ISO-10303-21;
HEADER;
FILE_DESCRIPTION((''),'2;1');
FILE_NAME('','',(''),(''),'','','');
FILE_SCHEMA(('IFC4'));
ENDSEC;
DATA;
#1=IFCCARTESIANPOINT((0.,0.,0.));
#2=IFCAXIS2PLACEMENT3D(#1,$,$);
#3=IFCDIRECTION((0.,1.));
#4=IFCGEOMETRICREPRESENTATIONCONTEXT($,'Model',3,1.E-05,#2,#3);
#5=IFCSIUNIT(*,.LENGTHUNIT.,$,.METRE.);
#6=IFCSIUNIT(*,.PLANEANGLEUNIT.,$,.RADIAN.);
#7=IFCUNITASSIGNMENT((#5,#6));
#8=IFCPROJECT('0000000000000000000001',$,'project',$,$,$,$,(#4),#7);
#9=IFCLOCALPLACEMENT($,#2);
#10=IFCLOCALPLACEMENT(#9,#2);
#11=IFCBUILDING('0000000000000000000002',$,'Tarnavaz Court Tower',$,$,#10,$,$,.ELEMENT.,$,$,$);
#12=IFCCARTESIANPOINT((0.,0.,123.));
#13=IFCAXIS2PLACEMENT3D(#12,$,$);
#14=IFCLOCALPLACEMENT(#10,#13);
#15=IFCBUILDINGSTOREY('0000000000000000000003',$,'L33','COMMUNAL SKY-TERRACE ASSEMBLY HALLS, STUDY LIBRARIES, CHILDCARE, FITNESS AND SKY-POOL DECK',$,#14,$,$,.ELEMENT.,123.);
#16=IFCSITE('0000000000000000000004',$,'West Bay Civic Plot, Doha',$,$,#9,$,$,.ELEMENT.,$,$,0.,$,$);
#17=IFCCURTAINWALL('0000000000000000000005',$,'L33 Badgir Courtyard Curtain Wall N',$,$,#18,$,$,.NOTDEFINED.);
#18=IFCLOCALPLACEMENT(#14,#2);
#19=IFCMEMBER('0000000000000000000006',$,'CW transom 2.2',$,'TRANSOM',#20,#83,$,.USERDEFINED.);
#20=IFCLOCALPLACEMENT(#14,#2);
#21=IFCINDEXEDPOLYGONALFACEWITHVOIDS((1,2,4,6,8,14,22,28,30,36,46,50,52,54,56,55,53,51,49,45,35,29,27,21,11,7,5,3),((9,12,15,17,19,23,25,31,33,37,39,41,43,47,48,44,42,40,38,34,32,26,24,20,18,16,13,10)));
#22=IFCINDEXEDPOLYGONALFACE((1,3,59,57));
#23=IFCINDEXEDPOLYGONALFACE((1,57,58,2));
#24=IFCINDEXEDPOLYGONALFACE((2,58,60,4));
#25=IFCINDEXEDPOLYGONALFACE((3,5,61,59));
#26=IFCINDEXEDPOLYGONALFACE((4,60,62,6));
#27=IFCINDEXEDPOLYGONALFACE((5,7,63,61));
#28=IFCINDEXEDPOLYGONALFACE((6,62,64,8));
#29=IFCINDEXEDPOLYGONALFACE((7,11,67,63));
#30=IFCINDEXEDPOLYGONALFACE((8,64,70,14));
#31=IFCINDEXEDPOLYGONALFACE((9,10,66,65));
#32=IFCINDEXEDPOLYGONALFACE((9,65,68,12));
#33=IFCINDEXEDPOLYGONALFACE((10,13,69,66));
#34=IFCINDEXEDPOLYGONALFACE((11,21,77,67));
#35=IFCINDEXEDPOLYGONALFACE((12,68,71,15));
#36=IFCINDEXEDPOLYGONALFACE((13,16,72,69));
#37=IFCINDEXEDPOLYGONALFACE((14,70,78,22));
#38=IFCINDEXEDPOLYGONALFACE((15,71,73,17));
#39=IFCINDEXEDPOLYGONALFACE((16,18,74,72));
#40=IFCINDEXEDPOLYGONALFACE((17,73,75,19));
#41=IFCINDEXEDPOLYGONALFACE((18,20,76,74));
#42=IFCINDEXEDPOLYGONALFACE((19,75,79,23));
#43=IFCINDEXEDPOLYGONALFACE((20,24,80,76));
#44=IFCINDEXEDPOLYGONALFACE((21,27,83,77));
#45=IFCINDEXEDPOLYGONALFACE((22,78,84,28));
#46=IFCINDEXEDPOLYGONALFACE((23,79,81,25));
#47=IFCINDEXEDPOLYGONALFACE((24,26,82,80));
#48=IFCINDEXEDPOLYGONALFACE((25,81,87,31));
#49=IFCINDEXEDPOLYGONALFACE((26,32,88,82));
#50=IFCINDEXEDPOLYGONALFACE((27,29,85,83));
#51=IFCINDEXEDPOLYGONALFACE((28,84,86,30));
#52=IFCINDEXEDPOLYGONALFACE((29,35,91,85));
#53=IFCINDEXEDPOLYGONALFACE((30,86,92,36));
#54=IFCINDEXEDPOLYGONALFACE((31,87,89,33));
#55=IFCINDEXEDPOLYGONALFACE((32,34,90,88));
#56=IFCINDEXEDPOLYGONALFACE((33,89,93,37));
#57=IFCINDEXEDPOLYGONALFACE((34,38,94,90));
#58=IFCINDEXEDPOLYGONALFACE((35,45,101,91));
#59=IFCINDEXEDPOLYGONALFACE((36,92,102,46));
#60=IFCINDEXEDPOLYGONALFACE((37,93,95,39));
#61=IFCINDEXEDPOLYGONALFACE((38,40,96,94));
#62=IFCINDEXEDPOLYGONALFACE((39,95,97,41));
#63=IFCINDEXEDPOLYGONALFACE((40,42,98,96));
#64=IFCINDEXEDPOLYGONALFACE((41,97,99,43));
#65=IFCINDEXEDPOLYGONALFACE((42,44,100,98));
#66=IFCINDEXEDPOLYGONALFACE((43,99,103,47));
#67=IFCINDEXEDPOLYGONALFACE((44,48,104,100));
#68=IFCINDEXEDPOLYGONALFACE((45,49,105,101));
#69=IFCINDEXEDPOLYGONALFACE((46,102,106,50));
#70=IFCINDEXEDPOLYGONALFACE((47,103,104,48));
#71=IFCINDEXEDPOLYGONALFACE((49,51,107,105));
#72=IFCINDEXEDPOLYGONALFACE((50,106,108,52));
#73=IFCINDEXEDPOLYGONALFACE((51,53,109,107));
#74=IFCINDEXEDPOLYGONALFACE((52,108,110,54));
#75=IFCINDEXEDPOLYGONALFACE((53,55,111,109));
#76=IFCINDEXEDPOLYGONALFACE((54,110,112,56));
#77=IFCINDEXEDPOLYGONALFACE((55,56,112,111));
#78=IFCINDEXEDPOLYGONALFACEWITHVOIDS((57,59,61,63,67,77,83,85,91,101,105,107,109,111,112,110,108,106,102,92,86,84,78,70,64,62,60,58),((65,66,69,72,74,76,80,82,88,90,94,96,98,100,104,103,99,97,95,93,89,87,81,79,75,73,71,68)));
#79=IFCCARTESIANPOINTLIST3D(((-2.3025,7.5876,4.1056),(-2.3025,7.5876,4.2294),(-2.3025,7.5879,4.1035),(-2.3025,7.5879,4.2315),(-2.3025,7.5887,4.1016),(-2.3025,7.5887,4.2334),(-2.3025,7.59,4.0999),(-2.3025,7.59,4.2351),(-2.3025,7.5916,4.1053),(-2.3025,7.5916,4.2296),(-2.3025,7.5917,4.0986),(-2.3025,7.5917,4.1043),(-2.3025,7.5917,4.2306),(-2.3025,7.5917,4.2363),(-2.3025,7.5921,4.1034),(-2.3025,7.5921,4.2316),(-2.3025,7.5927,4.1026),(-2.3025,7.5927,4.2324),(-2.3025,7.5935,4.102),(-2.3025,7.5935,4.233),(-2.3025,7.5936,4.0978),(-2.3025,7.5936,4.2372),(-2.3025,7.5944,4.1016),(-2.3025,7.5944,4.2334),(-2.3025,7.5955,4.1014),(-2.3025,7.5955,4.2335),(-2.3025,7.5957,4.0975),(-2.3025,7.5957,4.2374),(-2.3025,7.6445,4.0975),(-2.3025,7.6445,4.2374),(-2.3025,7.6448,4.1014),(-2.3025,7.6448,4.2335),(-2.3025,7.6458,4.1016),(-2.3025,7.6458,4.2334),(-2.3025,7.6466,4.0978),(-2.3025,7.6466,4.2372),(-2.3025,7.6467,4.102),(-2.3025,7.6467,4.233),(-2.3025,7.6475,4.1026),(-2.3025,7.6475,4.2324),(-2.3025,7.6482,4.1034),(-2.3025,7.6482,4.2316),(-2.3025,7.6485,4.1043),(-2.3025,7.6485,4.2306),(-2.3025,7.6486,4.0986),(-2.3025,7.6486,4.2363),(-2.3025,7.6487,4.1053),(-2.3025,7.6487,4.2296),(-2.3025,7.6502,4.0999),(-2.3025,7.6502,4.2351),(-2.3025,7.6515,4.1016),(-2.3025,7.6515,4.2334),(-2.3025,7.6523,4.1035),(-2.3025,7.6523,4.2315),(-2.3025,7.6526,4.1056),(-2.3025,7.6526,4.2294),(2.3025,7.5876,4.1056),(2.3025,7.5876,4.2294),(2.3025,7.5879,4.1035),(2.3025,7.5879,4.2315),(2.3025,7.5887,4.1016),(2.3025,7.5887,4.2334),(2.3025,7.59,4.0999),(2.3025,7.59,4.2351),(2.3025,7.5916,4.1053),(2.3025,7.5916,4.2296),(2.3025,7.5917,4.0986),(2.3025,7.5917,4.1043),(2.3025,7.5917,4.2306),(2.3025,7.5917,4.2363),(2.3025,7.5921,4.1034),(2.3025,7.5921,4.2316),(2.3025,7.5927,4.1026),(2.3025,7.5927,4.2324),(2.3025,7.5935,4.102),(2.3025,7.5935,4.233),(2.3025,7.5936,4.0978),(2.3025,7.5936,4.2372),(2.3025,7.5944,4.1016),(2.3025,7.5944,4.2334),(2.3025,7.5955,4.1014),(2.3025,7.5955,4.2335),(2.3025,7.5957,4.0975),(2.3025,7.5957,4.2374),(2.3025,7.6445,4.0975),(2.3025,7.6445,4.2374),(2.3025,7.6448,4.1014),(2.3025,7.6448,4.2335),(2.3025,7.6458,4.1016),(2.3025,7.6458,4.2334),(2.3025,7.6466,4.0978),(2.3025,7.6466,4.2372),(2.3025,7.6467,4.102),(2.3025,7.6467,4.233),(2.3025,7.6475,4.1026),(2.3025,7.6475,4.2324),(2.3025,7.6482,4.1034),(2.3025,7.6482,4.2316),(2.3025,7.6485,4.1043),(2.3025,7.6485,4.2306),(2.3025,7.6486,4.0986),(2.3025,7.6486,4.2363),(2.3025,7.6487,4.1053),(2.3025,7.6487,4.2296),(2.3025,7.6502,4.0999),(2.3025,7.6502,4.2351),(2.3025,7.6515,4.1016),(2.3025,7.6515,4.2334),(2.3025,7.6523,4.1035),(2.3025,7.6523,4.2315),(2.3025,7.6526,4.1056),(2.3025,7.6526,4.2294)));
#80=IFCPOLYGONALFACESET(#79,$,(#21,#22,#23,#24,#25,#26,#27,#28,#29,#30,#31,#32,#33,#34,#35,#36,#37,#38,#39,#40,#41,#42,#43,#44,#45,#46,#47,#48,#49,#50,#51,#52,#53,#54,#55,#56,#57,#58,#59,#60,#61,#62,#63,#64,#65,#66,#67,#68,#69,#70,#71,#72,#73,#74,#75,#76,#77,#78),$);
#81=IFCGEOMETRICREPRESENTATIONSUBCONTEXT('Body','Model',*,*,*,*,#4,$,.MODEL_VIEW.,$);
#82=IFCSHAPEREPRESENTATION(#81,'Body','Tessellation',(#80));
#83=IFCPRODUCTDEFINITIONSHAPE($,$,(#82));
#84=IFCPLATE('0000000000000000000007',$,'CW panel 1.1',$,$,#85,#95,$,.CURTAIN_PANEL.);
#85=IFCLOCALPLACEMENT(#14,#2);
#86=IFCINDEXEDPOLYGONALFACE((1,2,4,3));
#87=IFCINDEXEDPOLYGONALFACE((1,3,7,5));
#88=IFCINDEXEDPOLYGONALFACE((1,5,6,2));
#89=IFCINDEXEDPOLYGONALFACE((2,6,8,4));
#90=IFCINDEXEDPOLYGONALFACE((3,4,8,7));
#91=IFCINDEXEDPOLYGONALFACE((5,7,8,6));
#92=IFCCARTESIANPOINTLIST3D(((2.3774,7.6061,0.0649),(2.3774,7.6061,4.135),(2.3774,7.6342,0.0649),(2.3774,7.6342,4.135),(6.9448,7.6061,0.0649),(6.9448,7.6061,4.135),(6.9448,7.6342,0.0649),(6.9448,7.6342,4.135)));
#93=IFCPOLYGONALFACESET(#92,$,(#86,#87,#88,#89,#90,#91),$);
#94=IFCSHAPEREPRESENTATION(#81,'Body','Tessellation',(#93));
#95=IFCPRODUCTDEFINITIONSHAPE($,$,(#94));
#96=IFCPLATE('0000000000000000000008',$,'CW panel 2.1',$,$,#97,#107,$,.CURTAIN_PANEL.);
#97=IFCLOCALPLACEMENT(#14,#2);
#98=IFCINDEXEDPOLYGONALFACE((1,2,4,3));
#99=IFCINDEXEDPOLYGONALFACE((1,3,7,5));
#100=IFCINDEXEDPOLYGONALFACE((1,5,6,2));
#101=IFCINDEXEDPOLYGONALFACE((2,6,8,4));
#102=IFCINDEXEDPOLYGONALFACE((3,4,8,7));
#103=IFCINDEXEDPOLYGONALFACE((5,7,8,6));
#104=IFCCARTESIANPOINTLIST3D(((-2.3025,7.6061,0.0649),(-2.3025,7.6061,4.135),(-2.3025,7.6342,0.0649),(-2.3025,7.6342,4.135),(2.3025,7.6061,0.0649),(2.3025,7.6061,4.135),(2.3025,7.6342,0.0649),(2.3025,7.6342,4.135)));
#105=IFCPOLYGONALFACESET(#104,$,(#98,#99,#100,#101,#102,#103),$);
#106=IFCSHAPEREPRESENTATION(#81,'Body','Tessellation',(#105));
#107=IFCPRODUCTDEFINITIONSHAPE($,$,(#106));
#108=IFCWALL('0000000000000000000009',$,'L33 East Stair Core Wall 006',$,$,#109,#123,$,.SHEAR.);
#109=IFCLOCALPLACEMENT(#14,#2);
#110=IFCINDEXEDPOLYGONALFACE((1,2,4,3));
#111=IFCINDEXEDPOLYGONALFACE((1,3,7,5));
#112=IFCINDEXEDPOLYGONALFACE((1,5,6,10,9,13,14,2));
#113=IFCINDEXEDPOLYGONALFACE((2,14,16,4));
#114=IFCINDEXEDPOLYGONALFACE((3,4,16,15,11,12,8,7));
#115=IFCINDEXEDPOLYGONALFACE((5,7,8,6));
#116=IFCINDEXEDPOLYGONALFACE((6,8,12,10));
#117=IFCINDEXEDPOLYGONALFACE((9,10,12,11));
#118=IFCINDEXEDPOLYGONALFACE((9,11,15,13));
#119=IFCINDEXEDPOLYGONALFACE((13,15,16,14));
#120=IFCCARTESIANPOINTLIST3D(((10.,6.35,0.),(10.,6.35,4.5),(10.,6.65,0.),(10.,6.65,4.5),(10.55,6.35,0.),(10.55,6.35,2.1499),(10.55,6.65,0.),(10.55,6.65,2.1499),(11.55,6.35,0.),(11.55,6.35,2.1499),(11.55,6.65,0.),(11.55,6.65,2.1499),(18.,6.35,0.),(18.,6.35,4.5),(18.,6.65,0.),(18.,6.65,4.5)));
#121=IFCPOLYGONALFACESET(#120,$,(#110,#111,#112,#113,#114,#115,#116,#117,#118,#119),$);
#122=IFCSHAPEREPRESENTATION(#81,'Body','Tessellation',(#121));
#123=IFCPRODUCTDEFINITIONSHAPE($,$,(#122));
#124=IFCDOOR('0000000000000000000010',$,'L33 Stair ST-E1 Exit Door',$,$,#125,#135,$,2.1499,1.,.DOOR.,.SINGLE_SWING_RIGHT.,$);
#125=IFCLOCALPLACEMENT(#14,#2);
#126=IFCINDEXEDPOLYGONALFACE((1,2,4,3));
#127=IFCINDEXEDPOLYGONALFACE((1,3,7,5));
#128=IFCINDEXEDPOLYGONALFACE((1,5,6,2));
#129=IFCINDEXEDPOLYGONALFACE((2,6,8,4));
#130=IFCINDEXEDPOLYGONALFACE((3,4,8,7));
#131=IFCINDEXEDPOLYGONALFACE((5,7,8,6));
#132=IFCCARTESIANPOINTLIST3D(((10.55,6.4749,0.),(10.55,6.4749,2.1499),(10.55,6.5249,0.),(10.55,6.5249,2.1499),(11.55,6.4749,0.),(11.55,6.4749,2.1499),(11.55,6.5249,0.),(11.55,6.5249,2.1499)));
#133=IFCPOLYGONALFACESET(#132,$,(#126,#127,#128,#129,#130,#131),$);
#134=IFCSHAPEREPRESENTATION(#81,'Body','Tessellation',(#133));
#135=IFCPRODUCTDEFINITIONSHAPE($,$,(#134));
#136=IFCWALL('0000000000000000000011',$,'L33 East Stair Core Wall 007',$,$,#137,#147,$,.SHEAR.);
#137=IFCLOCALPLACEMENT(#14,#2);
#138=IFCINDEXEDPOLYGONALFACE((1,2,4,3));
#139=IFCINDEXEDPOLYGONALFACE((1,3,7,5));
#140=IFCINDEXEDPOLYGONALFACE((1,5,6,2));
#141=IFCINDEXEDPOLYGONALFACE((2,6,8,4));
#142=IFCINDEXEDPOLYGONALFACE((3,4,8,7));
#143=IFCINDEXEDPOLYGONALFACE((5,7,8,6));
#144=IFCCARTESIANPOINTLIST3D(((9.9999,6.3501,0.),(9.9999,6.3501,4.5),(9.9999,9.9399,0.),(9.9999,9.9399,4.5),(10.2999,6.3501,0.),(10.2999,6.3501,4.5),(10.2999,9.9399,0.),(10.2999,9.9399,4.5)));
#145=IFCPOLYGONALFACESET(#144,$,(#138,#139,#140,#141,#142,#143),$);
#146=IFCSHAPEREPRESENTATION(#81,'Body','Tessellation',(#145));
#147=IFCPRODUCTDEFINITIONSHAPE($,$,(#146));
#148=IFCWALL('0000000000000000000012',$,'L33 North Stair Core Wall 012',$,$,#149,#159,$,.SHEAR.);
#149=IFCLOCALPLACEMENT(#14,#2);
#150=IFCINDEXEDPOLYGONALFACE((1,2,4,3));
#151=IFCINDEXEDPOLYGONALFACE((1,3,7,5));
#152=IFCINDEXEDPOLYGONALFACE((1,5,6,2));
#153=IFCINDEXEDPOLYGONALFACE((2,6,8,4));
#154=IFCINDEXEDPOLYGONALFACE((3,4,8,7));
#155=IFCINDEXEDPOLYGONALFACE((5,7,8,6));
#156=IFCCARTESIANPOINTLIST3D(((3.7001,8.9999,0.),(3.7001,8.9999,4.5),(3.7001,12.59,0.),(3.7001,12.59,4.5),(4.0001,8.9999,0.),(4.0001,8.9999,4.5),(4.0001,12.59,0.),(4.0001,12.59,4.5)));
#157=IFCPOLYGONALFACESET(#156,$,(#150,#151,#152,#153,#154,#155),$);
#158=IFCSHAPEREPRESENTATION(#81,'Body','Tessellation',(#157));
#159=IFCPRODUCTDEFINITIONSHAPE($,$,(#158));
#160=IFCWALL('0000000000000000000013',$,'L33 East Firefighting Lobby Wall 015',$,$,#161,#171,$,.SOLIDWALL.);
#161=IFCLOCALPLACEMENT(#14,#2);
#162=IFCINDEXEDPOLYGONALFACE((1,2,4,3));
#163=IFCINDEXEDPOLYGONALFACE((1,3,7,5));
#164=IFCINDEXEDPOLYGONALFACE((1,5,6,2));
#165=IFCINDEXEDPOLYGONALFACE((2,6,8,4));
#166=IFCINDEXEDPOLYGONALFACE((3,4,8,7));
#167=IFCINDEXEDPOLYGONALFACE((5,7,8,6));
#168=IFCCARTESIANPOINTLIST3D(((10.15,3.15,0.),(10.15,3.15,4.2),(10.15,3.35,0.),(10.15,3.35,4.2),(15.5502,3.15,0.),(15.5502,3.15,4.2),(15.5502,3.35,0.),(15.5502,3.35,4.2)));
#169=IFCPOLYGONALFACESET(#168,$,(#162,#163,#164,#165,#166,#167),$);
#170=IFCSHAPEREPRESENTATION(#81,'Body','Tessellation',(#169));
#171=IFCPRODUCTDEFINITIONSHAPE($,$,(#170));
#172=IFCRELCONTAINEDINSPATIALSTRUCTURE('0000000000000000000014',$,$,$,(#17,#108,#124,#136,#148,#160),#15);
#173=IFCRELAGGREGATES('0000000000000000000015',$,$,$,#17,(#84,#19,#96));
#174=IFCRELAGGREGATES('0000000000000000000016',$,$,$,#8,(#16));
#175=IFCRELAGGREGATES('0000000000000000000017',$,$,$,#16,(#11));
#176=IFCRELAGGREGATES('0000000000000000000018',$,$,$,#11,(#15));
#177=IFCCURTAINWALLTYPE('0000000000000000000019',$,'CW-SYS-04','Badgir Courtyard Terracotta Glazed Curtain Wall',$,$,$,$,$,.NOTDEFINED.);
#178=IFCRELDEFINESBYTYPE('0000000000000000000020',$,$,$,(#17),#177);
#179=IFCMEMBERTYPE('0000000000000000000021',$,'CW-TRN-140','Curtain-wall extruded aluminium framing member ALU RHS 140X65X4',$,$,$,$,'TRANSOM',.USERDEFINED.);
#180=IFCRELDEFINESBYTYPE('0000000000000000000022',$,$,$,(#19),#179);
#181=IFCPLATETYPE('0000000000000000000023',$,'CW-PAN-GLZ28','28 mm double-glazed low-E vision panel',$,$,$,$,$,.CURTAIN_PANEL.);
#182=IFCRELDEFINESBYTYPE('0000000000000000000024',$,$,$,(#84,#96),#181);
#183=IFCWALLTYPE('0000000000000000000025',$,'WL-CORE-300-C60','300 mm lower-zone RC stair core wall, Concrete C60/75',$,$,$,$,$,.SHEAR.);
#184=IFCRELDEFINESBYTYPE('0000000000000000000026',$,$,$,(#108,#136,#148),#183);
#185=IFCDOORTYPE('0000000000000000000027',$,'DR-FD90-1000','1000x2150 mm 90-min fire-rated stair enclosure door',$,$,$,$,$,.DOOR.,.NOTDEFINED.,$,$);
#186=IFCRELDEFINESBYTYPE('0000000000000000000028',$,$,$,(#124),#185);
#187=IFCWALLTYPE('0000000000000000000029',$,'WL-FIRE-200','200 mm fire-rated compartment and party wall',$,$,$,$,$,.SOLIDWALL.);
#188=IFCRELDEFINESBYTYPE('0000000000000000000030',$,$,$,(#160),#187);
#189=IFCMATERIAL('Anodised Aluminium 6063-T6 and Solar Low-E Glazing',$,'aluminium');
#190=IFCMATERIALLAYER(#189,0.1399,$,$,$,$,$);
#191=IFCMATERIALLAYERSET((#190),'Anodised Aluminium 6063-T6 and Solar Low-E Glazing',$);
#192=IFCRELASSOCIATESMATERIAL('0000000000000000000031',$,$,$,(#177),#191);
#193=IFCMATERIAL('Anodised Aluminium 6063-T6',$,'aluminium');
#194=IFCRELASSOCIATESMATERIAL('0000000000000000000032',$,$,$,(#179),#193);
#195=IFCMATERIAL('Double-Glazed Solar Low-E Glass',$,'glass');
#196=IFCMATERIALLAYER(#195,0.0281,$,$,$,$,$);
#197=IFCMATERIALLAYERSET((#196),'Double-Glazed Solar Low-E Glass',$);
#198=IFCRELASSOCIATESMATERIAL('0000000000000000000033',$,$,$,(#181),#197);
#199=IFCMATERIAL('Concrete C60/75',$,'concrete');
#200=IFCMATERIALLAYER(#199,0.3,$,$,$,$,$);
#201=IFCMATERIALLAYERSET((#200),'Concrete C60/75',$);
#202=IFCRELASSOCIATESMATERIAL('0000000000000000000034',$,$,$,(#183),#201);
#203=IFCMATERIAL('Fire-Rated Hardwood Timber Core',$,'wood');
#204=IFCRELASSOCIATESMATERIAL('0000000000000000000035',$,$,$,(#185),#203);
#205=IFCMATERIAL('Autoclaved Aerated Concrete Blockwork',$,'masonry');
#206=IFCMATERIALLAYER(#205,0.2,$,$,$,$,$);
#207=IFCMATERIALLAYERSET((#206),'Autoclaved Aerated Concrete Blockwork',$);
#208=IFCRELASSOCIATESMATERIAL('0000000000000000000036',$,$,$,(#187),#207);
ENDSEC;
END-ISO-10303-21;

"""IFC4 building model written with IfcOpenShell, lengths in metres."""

from ifc_helpers import new_model, si_unit, direction, frame, frame_2d, origin, origin_2d, place, context, subcontext, project, spatial, rectangle, hollow_rectangle, extrude, material, layer, layer_set, material_profile, profile_set, type_object, element, fill, aggregate, save


model = new_model("IFC4")

# Units and contexts
model_context = context("Model", 3, precision=1e-05, world=origin(), true_north=direction((0.0, 1.0)))
body_context = subcontext(model_context, "Body", "Model", "MODEL_VIEW")
ifc_project = project(units=[si_unit("LENGTHUNIT", "METRE"), si_unit("PLANEANGLEUNIT", "RADIAN")], contexts=[model_context])

# Site, building, storey
site_placement = place(None, origin())
site = spatial("IfcSite", under=ifc_project, at=site_placement, Name="West Bay Civic Plot, Doha", CompositionType="ELEMENT", RefElevation=0.0)
building_placement = place(site_placement, origin())
building = spatial("IfcBuilding", under=site, at=building_placement, Name="Tarnavaz Court Tower", CompositionType="ELEMENT")
storey_placement = place(building_placement, frame((0.0, 0.0, 123.0)))
storey = spatial("IfcBuildingStorey", under=building, at=storey_placement, Name="L33", Description="COMMUNAL SKY-TERRACE ASSEMBLY HALLS, STUDY LIBRARIES, CHILDCARE, FITNESS AND SKY-POOL DECK", CompositionType="ELEMENT", Elevation=123.0)

# Shared definitions
ifc_material_1 = material(Name="Concrete C60/75", Category="concrete")

# Curtain wall, member, plates
ifc_material_2 = material(Name="Anodised Aluminium 6063-T6 and Solar Low-E Glazing", Category="aluminium")
ifc_layer_1 = layer(ifc_material_2, 0.1399)
ifc_layer_set_1 = layer_set([ifc_layer_1], Name="Anodised Aluminium 6063-T6 and Solar Low-E Glazing")
curtain_wall_type = type_object("IfcCurtainWallType", Name="CW-SYS-04", Description="Badgir Courtyard Terracotta Glazed Curtain Wall", PredefinedType="NOTDEFINED", material=ifc_layer_set_1)
curtain_wall_placement = place(storey_placement, origin())
curtain_wall = element("IfcCurtainWall", 1, at=curtain_wall_placement, inside=storey, type_object=curtain_wall_type, Name="L33 Badgir Courtyard Curtain Wall N", PredefinedType="NOTDEFINED")
ifc_material_3 = material(Name="Anodised Aluminium 6063-T6", Category="aluminium")
ifc_material_profile_1 = material_profile(ifc_material_3, hollow_rectangle(XDim=0.0649, YDim=0.1399, WallThickness=0.0039, InnerFilletRadius=0.0039, OuterFilletRadius=0.0081, at=origin_2d()), Name="ALU RHS 140X65X4")
ifc_profile_set_1 = profile_set([ifc_material_profile_1], Name="Anodised Aluminium 6063-T6")
member_type_1 = type_object("IfcMemberType", Name="CW-TRN-140", Description="Curtain-wall extruded aluminium framing member ALU RHS 140X65X4", ElementType="TRANSOM", PredefinedType="USERDEFINED", material=ifc_profile_set_1)
member_1_placement = place(storey_placement, frame((2.3025, 7.6201, 4.1675), z_axis=(-1.0, 0.0, 0.0), x_axis=(0.0, -1.0, 0.0)))
member_1 = element("IfcMember", 2, at=member_1_placement, type_object=member_type_1, Name="CW transom 2.2", ObjectType="TRANSOM", PredefinedType="USERDEFINED", context=body_context, shape_type="SweptSolid", body=[
    extrude(hollow_rectangle(XDim=0.0649, YDim=0.1399, WallThickness=0.0039, InnerFilletRadius=0.0039, OuterFilletRadius=0.0081, at=origin_2d()), origin(), (0.0, 0.0, 1.0), 4.605),
])
ifc_material_4 = material(Name="Double-Glazed Solar Low-E Glass", Category="glass")
ifc_layer_2 = layer(ifc_material_4, 0.0281)
ifc_layer_set_2 = layer_set([ifc_layer_2], Name="Double-Glazed Solar Low-E Glass")
plate_type = type_object("IfcPlateType", Name="CW-PAN-GLZ28", Description="28 mm double-glazed low-E vision panel", PredefinedType="CURTAIN_PANEL", material=ifc_layer_set_2)
plate_1_placement = place(storey_placement, frame((4.6611, 7.6201, 0.0649), z_axis=(0.0, 0.0, 1.0), x_axis=(-1.0, 0.0, 0.0)))
plate_1 = element("IfcPlate", 3, at=plate_1_placement, type_object=plate_type, Name="CW panel 1.1", PredefinedType="CURTAIN_PANEL", context=body_context, shape_type="SweptSolid", body=[
    extrude(rectangle(XDim=4.5674, YDim=0.0281, at=origin_2d()), origin(), (0.0, 0.0, 1.0), 4.0701),
])
plate_2_placement = place(storey_placement, frame((0.0, 7.6201, 0.0649), z_axis=(0.0, 0.0, 1.0), x_axis=(-1.0, 0.0, 0.0)))
plate_2 = element("IfcPlate", 4, at=plate_2_placement, type_object=plate_type, Name="CW panel 2.1", PredefinedType="CURTAIN_PANEL", context=body_context, shape_type="SweptSolid", body=[
    extrude(rectangle(XDim=4.605, YDim=0.0281, at=origin_2d()), origin(), (0.0, 0.0, 1.0), 4.0701),
])
aggregate(curtain_wall, [plate_1, member_1, plate_2])

# Wall, opening, door
ifc_layer_3 = layer(ifc_material_1, 0.3)
ifc_layer_set_3 = layer_set([ifc_layer_3], Name="Concrete C60/75")
wall_type_1 = type_object("IfcWallType", Name="WL-CORE-300-C60", Description="300 mm lower-zone RC stair core wall, Concrete C60/75", PredefinedType="SHEAR", material=ifc_layer_set_3)
wall_1_placement = place(storey_placement, frame((10.0, 6.5, 0.0), z_axis=(0.0, 0.0, 1.0), x_axis=(1.0, 0.0, 0.0)))
wall_1 = element("IfcWall", 5, at=wall_1_placement, inside=storey, type_object=wall_type_1, Name="L33 East Stair Core Wall 006", PredefinedType="SHEAR", context=body_context, shape_type="SweptSolid", body=[
    extrude(rectangle(XDim=8.0, YDim=0.3, at=frame_2d((4.0, 0.0))), origin(), (0.0, 0.0, 1.0), 4.5),
])
opening_1_placement = place(wall_1_placement, frame((0.55, 0.0, 0.0)))
opening_1 = element("IfcOpeningElement", 6, at=opening_1_placement, cuts=wall_1, PredefinedType="OPENING", context=body_context, shape_type="SweptSolid", body=[
    extrude(rectangle(XDim=1.0, YDim=2.1499, at=frame_2d((0.5, 1.075))), frame((0.0, 0.1599, 0.0), z_axis=(0.0, -1.0, 0.0), x_axis=(1.0, 0.0, 0.0)), (0.0, 0.0, 1.0), 0.3201),
])
ifc_material_5 = material(Name="Fire-Rated Hardwood Timber Core", Category="wood")
door_type_1 = type_object("IfcDoorType", Name="DR-FD90-1000", Description="1000x2150 mm 90-min fire-rated stair enclosure door", OperationType="NOTDEFINED", PredefinedType="DOOR", material=ifc_material_5)
door_1_placement = place(opening_1_placement, origin())
door_1 = element("IfcDoor", 7, at=door_1_placement, inside=storey, type_object=door_type_1, Name="L33 Stair ST-E1 Exit Door", OperationType="SINGLE_SWING_RIGHT", OverallHeight=2.1499, OverallWidth=1.0, PredefinedType="DOOR", context=body_context, shape_type="SweptSolid", body=[
    extrude(rectangle(XDim=1.0, YDim=2.1499, at=frame_2d((0.5, 1.075))), frame((0.0, 0.0249, 0.0), z_axis=(0.0, -1.0, 0.0), x_axis=(1.0, 0.0, 0.0)), (0.0, 0.0, 1.0), 0.05),
])
fill(opening_1, door_1)

# Walls
wall_2_placement = place(storey_placement, frame((10.1499, 6.3501, 0.0), z_axis=(0.0, 0.0, 1.0), x_axis=(0.0, 1.0, 0.0)))
element("IfcWall", 8, at=wall_2_placement, inside=storey, type_object=wall_type_1, Name="L33 East Stair Core Wall 007", PredefinedType="SHEAR", context=body_context, shape_type="SweptSolid", body=[
    extrude(rectangle(XDim=3.5898, YDim=0.3, at=frame_2d((1.7949, 0.0))), origin(), (0.0, 0.0, 1.0), 4.5),
])
wall_3_placement = place(storey_placement, frame((3.8501, 9.0, 0.0), z_axis=(0.0, 0.0, 1.0), x_axis=(0.0, 1.0, 0.0)))
element("IfcWall", 9, at=wall_3_placement, inside=storey, type_object=wall_type_1, Name="L33 North Stair Core Wall 012", PredefinedType="SHEAR", context=body_context, shape_type="SweptSolid", body=[
    extrude(rectangle(XDim=3.5901, YDim=0.3, at=frame_2d((1.7949, 0.0))), origin(), (0.0, 0.0, 1.0), 4.5),
])
ifc_material_6 = material(Name="Autoclaved Aerated Concrete Blockwork", Category="masonry")
ifc_layer_4 = layer(ifc_material_6, 0.2)
ifc_layer_set_4 = layer_set([ifc_layer_4], Name="Autoclaved Aerated Concrete Blockwork")
wall_type_2 = type_object("IfcWallType", Name="WL-FIRE-200", Description="200 mm fire-rated compartment and party wall", PredefinedType="SOLIDWALL", material=ifc_layer_set_4)
wall_4_placement = place(storey_placement, frame((10.1499, 3.25, 0.0), z_axis=(0.0, 0.0, 1.0), x_axis=(1.0, 0.0, 0.0)))
element("IfcWall", 10, at=wall_4_placement, inside=storey, type_object=wall_type_2, Name="L33 East Firefighting Lobby Wall 015", PredefinedType="SOLIDWALL", context=body_context, shape_type="SweptSolid", body=[
    extrude(rectangle(XDim=5.4001, YDim=0.2, at=frame_2d((2.7002, 0.0))), origin(), (0.0, 0.0, 1.0), 4.2),
])

save(model, "model.ifc")
